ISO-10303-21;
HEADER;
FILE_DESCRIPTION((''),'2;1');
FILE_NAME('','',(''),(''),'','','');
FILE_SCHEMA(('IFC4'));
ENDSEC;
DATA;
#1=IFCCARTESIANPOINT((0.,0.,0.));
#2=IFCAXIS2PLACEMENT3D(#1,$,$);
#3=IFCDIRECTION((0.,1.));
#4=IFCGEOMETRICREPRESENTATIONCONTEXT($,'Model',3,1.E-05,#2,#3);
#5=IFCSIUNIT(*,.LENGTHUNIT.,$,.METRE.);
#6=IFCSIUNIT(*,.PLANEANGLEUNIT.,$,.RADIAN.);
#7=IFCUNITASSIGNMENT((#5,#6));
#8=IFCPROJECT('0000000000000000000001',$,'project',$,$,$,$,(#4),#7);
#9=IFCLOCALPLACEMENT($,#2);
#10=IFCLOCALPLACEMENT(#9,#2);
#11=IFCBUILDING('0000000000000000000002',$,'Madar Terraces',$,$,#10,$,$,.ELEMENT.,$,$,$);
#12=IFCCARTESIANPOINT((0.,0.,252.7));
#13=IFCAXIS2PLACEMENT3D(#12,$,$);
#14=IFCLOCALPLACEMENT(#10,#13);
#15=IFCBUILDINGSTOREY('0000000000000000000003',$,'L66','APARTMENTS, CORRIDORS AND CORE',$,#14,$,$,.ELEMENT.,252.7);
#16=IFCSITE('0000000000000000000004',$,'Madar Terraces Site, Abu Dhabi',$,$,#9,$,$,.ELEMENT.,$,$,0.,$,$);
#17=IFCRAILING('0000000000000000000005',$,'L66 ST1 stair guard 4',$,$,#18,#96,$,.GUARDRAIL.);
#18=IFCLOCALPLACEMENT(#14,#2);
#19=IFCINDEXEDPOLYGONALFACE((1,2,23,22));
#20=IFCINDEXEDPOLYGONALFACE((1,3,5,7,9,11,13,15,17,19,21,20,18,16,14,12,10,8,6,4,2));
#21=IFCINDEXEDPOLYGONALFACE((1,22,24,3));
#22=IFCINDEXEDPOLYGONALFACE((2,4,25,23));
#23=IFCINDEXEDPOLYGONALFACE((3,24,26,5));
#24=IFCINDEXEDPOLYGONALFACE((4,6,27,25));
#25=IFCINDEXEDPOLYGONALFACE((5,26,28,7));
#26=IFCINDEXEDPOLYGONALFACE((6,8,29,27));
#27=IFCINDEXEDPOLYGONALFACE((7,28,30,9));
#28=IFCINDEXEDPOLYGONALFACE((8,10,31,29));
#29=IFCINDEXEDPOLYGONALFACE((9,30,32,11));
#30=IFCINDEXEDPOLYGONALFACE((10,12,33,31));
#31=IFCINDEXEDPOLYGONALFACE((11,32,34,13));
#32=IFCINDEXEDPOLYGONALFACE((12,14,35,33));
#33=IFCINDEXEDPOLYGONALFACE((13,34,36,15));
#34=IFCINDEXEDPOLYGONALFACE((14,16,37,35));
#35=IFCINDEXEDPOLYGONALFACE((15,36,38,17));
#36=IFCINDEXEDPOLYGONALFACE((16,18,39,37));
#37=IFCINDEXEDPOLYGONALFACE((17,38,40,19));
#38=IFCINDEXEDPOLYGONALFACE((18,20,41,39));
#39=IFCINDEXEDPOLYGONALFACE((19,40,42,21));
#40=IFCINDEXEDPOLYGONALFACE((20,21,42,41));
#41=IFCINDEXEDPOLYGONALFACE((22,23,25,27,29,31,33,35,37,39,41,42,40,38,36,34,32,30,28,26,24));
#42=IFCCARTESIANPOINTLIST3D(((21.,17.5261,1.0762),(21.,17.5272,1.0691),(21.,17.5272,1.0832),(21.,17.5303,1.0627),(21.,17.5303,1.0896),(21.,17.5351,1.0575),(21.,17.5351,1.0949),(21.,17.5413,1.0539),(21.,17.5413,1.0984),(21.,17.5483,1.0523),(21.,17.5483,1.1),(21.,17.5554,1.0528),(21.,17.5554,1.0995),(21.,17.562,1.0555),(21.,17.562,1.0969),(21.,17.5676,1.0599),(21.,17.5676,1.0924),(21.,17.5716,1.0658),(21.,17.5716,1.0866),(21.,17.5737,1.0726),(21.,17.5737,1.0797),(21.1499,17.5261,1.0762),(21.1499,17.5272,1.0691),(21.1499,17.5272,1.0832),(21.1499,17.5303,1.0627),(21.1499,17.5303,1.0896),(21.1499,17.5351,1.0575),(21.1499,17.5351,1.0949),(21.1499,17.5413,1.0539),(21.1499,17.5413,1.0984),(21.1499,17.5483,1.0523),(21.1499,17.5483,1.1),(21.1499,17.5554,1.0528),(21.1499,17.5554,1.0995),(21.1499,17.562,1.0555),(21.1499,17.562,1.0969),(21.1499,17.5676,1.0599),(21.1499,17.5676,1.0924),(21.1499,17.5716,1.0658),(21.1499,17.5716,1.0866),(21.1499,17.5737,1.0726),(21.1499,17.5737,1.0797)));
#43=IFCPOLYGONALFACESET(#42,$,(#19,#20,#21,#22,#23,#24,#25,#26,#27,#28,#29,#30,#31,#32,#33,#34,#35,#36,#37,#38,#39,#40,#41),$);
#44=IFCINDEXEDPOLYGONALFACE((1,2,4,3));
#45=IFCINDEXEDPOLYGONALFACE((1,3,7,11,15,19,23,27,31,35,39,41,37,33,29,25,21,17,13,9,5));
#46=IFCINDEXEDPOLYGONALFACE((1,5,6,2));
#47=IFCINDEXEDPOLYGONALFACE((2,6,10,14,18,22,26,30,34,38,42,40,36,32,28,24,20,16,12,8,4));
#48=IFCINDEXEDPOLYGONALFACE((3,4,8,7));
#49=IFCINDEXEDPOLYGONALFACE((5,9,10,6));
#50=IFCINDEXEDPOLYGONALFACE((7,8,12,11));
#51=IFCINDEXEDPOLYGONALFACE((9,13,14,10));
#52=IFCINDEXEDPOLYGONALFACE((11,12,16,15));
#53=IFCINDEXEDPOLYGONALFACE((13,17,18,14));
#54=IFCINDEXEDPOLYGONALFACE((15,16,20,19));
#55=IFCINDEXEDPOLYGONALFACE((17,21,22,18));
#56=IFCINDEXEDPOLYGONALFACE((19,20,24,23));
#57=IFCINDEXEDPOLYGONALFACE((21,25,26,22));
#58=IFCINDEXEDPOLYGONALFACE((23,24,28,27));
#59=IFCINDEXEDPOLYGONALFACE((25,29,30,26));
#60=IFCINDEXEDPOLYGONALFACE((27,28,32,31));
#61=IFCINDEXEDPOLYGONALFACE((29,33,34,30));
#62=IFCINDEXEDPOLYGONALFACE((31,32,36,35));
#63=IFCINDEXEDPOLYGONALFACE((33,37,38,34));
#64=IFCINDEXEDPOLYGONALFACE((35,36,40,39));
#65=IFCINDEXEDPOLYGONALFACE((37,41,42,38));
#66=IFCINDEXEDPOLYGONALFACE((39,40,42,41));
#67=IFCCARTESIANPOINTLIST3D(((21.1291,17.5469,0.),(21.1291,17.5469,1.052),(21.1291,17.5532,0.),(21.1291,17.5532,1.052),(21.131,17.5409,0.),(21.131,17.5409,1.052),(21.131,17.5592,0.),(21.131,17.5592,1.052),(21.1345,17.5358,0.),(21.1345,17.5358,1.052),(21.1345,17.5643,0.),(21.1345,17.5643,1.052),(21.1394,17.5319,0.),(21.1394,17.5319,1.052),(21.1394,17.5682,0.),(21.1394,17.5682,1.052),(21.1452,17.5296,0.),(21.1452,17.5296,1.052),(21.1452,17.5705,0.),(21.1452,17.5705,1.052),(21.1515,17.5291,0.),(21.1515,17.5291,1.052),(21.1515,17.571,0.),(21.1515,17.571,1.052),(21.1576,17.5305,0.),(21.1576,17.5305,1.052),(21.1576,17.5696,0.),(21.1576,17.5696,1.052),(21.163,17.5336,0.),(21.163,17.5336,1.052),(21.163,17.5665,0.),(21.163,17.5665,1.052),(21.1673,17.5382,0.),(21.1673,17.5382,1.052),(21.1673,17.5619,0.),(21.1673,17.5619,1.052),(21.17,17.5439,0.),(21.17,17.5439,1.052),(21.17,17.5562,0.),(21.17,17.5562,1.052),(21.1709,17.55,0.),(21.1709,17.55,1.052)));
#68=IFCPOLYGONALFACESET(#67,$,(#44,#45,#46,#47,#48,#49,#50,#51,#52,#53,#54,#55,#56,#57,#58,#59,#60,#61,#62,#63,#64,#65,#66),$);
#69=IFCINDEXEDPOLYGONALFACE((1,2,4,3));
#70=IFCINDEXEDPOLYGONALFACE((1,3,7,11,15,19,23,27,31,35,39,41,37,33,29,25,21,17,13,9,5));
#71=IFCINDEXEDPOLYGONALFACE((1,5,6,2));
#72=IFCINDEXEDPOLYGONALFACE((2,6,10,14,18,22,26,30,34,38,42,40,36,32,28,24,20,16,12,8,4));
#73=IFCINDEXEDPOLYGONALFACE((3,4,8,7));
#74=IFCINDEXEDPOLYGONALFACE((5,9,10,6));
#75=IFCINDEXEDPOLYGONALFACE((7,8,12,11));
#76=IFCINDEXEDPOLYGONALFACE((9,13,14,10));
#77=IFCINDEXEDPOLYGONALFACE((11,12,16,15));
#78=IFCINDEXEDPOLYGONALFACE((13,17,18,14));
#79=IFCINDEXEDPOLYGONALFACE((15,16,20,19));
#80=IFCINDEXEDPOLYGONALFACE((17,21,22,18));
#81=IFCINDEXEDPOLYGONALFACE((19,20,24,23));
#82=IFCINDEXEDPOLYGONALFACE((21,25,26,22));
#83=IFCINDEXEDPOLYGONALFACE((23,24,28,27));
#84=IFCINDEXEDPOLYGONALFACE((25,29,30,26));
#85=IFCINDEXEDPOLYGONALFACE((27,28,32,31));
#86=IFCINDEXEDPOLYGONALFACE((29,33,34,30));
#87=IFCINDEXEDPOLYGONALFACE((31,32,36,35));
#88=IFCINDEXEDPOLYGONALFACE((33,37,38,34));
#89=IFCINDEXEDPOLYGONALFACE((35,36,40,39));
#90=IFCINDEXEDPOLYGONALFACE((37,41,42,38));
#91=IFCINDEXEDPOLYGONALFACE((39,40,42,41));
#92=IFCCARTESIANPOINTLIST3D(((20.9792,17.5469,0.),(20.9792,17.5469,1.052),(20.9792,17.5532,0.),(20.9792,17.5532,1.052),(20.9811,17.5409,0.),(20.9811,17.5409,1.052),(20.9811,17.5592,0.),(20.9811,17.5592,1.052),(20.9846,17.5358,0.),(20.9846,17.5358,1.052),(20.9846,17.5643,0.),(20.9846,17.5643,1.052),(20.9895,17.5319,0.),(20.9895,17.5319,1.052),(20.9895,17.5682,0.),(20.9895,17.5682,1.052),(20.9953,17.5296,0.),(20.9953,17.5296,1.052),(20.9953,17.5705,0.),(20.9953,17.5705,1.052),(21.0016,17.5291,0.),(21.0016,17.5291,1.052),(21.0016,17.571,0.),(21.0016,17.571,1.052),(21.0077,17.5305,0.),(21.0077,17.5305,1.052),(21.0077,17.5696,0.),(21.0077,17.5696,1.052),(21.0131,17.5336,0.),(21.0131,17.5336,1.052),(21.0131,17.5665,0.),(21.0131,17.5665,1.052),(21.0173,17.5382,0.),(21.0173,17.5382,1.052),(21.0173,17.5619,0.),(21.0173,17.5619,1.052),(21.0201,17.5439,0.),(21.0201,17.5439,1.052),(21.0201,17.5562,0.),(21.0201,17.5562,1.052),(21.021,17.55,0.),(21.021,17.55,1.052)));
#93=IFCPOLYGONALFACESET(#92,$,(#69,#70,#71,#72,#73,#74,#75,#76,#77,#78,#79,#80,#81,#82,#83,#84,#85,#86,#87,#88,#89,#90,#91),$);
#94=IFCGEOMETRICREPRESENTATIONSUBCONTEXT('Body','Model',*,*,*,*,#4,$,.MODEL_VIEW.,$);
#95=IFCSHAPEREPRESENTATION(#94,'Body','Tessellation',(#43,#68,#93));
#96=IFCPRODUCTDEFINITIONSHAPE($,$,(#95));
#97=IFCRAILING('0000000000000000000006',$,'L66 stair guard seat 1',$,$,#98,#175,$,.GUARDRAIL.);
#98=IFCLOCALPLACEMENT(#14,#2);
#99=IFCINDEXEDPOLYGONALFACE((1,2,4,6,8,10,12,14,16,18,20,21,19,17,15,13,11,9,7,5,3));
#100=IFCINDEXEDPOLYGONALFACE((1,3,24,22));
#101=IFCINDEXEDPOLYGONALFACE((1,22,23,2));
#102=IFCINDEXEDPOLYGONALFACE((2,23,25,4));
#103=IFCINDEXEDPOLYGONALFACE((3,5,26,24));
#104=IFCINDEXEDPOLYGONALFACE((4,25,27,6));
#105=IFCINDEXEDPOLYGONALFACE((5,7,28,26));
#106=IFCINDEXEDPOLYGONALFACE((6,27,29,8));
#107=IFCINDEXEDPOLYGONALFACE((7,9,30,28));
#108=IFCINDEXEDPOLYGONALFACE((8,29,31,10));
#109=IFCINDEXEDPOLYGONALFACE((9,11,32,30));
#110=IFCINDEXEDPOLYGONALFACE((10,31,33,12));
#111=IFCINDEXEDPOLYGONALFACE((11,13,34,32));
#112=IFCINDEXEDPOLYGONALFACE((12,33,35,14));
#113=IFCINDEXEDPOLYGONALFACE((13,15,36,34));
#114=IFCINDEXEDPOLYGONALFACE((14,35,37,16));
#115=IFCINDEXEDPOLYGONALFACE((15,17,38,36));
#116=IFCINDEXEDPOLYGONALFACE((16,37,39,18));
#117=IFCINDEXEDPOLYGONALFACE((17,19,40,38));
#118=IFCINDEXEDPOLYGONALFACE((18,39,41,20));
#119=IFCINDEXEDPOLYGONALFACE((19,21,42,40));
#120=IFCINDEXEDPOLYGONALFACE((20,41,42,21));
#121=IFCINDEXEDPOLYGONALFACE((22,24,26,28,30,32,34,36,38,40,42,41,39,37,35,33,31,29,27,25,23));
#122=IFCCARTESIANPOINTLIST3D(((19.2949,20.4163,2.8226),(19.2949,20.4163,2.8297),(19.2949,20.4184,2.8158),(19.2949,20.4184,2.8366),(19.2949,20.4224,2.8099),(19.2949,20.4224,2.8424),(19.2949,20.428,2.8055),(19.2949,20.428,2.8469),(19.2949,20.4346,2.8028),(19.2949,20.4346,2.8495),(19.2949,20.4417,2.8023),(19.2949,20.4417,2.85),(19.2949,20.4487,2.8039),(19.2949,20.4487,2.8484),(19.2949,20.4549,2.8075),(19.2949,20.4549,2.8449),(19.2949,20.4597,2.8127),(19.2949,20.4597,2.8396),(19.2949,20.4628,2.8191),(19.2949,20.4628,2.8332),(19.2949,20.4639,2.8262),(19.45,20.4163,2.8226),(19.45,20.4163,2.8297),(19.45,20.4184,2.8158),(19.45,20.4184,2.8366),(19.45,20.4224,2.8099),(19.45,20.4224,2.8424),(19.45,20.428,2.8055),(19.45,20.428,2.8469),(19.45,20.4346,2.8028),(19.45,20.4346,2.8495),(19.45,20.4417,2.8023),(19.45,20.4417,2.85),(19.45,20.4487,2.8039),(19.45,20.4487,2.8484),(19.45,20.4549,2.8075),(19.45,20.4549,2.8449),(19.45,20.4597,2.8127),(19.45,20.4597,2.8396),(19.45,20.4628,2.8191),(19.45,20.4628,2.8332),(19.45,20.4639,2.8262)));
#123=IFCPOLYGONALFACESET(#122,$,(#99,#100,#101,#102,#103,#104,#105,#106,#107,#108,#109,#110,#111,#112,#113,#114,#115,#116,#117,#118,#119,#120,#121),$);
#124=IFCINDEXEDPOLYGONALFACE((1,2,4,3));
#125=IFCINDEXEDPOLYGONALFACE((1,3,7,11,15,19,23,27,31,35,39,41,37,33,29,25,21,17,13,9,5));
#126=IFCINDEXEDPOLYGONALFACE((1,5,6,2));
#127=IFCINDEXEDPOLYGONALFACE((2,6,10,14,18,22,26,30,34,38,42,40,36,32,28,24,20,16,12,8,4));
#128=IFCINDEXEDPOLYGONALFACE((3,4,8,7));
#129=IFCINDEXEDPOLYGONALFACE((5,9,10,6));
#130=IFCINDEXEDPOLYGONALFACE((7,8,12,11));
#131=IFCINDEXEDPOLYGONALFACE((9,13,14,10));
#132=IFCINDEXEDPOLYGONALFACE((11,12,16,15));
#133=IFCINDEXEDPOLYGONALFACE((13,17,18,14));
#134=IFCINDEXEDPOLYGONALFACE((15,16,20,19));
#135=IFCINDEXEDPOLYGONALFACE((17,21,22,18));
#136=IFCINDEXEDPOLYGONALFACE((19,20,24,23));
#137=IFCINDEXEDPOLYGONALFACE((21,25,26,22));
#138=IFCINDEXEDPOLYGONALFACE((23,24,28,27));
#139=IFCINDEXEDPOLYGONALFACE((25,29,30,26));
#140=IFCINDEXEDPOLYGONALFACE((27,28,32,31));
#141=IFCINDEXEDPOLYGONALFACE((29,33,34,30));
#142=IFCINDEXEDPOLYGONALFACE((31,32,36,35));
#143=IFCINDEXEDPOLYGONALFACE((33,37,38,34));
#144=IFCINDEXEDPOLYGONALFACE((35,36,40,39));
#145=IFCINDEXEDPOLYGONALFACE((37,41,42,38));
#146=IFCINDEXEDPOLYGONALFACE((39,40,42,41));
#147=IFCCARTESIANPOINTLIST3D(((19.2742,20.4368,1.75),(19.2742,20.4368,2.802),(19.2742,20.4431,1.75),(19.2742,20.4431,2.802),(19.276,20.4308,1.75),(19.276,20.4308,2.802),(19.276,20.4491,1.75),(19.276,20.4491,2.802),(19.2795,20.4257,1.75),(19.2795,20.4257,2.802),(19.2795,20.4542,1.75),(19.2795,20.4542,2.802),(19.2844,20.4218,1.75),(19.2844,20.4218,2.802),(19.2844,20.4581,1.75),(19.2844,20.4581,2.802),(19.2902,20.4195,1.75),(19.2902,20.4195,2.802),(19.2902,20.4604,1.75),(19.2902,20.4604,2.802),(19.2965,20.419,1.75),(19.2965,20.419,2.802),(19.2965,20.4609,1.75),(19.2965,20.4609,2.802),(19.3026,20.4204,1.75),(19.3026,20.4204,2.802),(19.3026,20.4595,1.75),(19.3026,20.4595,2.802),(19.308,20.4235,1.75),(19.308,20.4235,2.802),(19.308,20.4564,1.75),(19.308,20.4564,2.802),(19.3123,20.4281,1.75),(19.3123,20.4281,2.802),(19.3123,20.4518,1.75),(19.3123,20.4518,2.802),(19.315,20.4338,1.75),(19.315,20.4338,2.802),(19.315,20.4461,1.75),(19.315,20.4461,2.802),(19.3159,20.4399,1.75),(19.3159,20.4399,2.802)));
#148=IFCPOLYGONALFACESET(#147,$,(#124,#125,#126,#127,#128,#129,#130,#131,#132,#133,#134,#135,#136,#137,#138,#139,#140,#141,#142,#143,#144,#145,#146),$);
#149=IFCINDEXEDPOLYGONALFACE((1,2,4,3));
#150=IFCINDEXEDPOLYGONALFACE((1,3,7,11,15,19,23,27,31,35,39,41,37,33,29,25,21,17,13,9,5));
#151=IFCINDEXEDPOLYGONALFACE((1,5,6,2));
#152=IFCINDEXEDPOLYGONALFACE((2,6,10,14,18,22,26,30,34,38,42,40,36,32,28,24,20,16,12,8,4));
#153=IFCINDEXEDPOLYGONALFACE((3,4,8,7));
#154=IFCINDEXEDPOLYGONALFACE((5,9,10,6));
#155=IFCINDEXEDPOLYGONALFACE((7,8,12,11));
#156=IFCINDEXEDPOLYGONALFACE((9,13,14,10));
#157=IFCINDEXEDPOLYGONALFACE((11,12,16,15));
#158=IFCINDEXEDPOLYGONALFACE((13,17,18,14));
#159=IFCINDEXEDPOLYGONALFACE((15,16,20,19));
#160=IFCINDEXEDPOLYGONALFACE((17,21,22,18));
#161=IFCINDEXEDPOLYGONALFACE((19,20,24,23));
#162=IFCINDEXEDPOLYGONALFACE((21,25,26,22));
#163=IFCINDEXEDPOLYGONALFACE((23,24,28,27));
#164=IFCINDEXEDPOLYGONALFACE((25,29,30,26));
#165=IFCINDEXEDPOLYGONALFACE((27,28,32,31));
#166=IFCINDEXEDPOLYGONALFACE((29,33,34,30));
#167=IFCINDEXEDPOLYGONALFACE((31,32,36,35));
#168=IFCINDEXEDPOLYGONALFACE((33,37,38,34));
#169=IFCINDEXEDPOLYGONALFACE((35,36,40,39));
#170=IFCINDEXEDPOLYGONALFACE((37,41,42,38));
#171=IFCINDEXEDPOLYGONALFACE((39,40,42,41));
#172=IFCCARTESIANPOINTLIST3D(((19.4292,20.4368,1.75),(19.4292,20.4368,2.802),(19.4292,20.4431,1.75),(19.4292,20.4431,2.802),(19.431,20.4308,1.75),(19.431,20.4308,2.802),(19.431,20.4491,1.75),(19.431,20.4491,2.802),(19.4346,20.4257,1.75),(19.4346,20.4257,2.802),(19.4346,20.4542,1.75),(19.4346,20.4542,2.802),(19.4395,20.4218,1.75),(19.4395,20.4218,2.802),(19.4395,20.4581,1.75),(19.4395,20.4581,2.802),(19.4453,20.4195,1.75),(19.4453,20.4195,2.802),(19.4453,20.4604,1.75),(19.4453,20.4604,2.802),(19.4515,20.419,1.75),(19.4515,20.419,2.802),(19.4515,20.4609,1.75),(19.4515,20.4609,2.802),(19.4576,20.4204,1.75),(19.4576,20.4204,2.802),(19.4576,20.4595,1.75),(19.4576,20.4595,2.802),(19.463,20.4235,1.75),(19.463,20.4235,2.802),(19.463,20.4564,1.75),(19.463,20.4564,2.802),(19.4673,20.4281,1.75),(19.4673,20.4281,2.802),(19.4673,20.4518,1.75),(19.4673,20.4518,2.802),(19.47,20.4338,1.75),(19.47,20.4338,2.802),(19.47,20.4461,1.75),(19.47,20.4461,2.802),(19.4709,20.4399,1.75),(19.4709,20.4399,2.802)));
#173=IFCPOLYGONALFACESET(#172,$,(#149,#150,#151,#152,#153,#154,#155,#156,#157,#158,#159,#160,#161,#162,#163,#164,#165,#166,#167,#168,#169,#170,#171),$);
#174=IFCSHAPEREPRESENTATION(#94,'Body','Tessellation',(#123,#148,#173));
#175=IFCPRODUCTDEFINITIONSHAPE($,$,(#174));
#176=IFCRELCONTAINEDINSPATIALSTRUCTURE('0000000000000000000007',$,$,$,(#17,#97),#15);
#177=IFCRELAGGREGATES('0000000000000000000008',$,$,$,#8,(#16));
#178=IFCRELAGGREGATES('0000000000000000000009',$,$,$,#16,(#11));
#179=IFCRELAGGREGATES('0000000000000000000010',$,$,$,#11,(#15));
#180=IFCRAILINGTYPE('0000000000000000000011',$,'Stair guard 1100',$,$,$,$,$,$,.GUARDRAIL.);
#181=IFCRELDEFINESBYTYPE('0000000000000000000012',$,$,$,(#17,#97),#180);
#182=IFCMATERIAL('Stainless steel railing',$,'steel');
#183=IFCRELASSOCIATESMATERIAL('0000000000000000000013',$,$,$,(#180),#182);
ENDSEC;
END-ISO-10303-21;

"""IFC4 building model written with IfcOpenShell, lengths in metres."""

from ifc_helpers import new_model, si_unit, direction, frame, origin, origin_2d, place, context, subcontext, project, spatial, circle, extrude, material, type_object, element, save


model = new_model("IFC4")

# Units and contexts
model_context = context("Model", 3, precision=1e-05, world=origin(), true_north=direction((0.0, 1.0)))
body_context = subcontext(model_context, "Body", "Model", "MODEL_VIEW")
ifc_project = project(units=[si_unit("LENGTHUNIT", "METRE"), si_unit("PLANEANGLEUNIT", "RADIAN")], contexts=[model_context])

# Site, building, storey
site_placement = place(None, origin())
site = spatial("IfcSite", under=ifc_project, at=site_placement, Name="Madar Terraces Site, Abu Dhabi", CompositionType="ELEMENT", RefElevation=0.0)
building_placement = place(site_placement, origin())
building = spatial("IfcBuilding", under=site, at=building_placement, Name="Madar Terraces", CompositionType="ELEMENT")
storey_placement = place(building_placement, frame((0.0, 0.0, 252.7)))
storey = spatial("IfcBuildingStorey", under=building, at=storey_placement, Name="L66", Description="APARTMENTS, CORRIDORS AND CORE", CompositionType="ELEMENT", Elevation=252.7)

# Railings
ifc_material_1 = material(Name="Stainless steel railing", Category="steel")
railing_type_1 = type_object("IfcRailingType", Name="Stair guard 1100", PredefinedType="GUARDRAIL", material=ifc_material_1)
railing_1_placement = place(storey_placement, frame((21.1499, 17.55, 0.0)))
element("IfcRailing", 1, at=railing_1_placement, inside=storey, type_object=railing_type_1, Name="L66 ST1 stair guard 4", PredefinedType="GUARDRAIL", context=body_context, shape_type="SweptSolid", body=[
    extrude(circle(Radius=0.0239, at=origin_2d()), frame((0.0, 0.0, 1.0762), z_axis=(-1.0, 0.0, 0.0), x_axis=(0.0, -1.0, 0.0)), (0.0, 0.0, 1.0), 0.1499),
    extrude(circle(Radius=0.021, at=origin_2d()), origin(), (0.0, 0.0, 1.0), 1.052),
    extrude(circle(Radius=0.021, at=origin_2d()), frame((-0.1499, 0.0, 0.0)), (0.0, 0.0, 1.0), 1.052),
])
for number, where, name in (
    (2, (19.2949, 20.4399, 1.75), "L66 stair guard seat 1"),
):
    element("IfcRailing", number, at=place(storey_placement, frame(where)), inside=storey, type_object=railing_type_1, Name=name, PredefinedType="GUARDRAIL", context=body_context, shape_type="SweptSolid", body=[
        extrude(circle(Radius=0.0239, at=origin_2d()), frame((0.0, 0.0, 1.0762), z_axis=(1.0, 0.0, 0.0), x_axis=(0.0, 1.0, 0.0)), (0.0, 0.0, 1.0), 0.155),
        extrude(circle(Radius=0.021, at=origin_2d()), origin(), (0.0, 0.0, 1.0), 1.052),
        extrude(circle(Radius=0.021, at=origin_2d()), frame((0.155, 0.0, 0.0)), (0.0, 0.0, 1.0), 1.052),
    ])

save(model, "model.ifc")
